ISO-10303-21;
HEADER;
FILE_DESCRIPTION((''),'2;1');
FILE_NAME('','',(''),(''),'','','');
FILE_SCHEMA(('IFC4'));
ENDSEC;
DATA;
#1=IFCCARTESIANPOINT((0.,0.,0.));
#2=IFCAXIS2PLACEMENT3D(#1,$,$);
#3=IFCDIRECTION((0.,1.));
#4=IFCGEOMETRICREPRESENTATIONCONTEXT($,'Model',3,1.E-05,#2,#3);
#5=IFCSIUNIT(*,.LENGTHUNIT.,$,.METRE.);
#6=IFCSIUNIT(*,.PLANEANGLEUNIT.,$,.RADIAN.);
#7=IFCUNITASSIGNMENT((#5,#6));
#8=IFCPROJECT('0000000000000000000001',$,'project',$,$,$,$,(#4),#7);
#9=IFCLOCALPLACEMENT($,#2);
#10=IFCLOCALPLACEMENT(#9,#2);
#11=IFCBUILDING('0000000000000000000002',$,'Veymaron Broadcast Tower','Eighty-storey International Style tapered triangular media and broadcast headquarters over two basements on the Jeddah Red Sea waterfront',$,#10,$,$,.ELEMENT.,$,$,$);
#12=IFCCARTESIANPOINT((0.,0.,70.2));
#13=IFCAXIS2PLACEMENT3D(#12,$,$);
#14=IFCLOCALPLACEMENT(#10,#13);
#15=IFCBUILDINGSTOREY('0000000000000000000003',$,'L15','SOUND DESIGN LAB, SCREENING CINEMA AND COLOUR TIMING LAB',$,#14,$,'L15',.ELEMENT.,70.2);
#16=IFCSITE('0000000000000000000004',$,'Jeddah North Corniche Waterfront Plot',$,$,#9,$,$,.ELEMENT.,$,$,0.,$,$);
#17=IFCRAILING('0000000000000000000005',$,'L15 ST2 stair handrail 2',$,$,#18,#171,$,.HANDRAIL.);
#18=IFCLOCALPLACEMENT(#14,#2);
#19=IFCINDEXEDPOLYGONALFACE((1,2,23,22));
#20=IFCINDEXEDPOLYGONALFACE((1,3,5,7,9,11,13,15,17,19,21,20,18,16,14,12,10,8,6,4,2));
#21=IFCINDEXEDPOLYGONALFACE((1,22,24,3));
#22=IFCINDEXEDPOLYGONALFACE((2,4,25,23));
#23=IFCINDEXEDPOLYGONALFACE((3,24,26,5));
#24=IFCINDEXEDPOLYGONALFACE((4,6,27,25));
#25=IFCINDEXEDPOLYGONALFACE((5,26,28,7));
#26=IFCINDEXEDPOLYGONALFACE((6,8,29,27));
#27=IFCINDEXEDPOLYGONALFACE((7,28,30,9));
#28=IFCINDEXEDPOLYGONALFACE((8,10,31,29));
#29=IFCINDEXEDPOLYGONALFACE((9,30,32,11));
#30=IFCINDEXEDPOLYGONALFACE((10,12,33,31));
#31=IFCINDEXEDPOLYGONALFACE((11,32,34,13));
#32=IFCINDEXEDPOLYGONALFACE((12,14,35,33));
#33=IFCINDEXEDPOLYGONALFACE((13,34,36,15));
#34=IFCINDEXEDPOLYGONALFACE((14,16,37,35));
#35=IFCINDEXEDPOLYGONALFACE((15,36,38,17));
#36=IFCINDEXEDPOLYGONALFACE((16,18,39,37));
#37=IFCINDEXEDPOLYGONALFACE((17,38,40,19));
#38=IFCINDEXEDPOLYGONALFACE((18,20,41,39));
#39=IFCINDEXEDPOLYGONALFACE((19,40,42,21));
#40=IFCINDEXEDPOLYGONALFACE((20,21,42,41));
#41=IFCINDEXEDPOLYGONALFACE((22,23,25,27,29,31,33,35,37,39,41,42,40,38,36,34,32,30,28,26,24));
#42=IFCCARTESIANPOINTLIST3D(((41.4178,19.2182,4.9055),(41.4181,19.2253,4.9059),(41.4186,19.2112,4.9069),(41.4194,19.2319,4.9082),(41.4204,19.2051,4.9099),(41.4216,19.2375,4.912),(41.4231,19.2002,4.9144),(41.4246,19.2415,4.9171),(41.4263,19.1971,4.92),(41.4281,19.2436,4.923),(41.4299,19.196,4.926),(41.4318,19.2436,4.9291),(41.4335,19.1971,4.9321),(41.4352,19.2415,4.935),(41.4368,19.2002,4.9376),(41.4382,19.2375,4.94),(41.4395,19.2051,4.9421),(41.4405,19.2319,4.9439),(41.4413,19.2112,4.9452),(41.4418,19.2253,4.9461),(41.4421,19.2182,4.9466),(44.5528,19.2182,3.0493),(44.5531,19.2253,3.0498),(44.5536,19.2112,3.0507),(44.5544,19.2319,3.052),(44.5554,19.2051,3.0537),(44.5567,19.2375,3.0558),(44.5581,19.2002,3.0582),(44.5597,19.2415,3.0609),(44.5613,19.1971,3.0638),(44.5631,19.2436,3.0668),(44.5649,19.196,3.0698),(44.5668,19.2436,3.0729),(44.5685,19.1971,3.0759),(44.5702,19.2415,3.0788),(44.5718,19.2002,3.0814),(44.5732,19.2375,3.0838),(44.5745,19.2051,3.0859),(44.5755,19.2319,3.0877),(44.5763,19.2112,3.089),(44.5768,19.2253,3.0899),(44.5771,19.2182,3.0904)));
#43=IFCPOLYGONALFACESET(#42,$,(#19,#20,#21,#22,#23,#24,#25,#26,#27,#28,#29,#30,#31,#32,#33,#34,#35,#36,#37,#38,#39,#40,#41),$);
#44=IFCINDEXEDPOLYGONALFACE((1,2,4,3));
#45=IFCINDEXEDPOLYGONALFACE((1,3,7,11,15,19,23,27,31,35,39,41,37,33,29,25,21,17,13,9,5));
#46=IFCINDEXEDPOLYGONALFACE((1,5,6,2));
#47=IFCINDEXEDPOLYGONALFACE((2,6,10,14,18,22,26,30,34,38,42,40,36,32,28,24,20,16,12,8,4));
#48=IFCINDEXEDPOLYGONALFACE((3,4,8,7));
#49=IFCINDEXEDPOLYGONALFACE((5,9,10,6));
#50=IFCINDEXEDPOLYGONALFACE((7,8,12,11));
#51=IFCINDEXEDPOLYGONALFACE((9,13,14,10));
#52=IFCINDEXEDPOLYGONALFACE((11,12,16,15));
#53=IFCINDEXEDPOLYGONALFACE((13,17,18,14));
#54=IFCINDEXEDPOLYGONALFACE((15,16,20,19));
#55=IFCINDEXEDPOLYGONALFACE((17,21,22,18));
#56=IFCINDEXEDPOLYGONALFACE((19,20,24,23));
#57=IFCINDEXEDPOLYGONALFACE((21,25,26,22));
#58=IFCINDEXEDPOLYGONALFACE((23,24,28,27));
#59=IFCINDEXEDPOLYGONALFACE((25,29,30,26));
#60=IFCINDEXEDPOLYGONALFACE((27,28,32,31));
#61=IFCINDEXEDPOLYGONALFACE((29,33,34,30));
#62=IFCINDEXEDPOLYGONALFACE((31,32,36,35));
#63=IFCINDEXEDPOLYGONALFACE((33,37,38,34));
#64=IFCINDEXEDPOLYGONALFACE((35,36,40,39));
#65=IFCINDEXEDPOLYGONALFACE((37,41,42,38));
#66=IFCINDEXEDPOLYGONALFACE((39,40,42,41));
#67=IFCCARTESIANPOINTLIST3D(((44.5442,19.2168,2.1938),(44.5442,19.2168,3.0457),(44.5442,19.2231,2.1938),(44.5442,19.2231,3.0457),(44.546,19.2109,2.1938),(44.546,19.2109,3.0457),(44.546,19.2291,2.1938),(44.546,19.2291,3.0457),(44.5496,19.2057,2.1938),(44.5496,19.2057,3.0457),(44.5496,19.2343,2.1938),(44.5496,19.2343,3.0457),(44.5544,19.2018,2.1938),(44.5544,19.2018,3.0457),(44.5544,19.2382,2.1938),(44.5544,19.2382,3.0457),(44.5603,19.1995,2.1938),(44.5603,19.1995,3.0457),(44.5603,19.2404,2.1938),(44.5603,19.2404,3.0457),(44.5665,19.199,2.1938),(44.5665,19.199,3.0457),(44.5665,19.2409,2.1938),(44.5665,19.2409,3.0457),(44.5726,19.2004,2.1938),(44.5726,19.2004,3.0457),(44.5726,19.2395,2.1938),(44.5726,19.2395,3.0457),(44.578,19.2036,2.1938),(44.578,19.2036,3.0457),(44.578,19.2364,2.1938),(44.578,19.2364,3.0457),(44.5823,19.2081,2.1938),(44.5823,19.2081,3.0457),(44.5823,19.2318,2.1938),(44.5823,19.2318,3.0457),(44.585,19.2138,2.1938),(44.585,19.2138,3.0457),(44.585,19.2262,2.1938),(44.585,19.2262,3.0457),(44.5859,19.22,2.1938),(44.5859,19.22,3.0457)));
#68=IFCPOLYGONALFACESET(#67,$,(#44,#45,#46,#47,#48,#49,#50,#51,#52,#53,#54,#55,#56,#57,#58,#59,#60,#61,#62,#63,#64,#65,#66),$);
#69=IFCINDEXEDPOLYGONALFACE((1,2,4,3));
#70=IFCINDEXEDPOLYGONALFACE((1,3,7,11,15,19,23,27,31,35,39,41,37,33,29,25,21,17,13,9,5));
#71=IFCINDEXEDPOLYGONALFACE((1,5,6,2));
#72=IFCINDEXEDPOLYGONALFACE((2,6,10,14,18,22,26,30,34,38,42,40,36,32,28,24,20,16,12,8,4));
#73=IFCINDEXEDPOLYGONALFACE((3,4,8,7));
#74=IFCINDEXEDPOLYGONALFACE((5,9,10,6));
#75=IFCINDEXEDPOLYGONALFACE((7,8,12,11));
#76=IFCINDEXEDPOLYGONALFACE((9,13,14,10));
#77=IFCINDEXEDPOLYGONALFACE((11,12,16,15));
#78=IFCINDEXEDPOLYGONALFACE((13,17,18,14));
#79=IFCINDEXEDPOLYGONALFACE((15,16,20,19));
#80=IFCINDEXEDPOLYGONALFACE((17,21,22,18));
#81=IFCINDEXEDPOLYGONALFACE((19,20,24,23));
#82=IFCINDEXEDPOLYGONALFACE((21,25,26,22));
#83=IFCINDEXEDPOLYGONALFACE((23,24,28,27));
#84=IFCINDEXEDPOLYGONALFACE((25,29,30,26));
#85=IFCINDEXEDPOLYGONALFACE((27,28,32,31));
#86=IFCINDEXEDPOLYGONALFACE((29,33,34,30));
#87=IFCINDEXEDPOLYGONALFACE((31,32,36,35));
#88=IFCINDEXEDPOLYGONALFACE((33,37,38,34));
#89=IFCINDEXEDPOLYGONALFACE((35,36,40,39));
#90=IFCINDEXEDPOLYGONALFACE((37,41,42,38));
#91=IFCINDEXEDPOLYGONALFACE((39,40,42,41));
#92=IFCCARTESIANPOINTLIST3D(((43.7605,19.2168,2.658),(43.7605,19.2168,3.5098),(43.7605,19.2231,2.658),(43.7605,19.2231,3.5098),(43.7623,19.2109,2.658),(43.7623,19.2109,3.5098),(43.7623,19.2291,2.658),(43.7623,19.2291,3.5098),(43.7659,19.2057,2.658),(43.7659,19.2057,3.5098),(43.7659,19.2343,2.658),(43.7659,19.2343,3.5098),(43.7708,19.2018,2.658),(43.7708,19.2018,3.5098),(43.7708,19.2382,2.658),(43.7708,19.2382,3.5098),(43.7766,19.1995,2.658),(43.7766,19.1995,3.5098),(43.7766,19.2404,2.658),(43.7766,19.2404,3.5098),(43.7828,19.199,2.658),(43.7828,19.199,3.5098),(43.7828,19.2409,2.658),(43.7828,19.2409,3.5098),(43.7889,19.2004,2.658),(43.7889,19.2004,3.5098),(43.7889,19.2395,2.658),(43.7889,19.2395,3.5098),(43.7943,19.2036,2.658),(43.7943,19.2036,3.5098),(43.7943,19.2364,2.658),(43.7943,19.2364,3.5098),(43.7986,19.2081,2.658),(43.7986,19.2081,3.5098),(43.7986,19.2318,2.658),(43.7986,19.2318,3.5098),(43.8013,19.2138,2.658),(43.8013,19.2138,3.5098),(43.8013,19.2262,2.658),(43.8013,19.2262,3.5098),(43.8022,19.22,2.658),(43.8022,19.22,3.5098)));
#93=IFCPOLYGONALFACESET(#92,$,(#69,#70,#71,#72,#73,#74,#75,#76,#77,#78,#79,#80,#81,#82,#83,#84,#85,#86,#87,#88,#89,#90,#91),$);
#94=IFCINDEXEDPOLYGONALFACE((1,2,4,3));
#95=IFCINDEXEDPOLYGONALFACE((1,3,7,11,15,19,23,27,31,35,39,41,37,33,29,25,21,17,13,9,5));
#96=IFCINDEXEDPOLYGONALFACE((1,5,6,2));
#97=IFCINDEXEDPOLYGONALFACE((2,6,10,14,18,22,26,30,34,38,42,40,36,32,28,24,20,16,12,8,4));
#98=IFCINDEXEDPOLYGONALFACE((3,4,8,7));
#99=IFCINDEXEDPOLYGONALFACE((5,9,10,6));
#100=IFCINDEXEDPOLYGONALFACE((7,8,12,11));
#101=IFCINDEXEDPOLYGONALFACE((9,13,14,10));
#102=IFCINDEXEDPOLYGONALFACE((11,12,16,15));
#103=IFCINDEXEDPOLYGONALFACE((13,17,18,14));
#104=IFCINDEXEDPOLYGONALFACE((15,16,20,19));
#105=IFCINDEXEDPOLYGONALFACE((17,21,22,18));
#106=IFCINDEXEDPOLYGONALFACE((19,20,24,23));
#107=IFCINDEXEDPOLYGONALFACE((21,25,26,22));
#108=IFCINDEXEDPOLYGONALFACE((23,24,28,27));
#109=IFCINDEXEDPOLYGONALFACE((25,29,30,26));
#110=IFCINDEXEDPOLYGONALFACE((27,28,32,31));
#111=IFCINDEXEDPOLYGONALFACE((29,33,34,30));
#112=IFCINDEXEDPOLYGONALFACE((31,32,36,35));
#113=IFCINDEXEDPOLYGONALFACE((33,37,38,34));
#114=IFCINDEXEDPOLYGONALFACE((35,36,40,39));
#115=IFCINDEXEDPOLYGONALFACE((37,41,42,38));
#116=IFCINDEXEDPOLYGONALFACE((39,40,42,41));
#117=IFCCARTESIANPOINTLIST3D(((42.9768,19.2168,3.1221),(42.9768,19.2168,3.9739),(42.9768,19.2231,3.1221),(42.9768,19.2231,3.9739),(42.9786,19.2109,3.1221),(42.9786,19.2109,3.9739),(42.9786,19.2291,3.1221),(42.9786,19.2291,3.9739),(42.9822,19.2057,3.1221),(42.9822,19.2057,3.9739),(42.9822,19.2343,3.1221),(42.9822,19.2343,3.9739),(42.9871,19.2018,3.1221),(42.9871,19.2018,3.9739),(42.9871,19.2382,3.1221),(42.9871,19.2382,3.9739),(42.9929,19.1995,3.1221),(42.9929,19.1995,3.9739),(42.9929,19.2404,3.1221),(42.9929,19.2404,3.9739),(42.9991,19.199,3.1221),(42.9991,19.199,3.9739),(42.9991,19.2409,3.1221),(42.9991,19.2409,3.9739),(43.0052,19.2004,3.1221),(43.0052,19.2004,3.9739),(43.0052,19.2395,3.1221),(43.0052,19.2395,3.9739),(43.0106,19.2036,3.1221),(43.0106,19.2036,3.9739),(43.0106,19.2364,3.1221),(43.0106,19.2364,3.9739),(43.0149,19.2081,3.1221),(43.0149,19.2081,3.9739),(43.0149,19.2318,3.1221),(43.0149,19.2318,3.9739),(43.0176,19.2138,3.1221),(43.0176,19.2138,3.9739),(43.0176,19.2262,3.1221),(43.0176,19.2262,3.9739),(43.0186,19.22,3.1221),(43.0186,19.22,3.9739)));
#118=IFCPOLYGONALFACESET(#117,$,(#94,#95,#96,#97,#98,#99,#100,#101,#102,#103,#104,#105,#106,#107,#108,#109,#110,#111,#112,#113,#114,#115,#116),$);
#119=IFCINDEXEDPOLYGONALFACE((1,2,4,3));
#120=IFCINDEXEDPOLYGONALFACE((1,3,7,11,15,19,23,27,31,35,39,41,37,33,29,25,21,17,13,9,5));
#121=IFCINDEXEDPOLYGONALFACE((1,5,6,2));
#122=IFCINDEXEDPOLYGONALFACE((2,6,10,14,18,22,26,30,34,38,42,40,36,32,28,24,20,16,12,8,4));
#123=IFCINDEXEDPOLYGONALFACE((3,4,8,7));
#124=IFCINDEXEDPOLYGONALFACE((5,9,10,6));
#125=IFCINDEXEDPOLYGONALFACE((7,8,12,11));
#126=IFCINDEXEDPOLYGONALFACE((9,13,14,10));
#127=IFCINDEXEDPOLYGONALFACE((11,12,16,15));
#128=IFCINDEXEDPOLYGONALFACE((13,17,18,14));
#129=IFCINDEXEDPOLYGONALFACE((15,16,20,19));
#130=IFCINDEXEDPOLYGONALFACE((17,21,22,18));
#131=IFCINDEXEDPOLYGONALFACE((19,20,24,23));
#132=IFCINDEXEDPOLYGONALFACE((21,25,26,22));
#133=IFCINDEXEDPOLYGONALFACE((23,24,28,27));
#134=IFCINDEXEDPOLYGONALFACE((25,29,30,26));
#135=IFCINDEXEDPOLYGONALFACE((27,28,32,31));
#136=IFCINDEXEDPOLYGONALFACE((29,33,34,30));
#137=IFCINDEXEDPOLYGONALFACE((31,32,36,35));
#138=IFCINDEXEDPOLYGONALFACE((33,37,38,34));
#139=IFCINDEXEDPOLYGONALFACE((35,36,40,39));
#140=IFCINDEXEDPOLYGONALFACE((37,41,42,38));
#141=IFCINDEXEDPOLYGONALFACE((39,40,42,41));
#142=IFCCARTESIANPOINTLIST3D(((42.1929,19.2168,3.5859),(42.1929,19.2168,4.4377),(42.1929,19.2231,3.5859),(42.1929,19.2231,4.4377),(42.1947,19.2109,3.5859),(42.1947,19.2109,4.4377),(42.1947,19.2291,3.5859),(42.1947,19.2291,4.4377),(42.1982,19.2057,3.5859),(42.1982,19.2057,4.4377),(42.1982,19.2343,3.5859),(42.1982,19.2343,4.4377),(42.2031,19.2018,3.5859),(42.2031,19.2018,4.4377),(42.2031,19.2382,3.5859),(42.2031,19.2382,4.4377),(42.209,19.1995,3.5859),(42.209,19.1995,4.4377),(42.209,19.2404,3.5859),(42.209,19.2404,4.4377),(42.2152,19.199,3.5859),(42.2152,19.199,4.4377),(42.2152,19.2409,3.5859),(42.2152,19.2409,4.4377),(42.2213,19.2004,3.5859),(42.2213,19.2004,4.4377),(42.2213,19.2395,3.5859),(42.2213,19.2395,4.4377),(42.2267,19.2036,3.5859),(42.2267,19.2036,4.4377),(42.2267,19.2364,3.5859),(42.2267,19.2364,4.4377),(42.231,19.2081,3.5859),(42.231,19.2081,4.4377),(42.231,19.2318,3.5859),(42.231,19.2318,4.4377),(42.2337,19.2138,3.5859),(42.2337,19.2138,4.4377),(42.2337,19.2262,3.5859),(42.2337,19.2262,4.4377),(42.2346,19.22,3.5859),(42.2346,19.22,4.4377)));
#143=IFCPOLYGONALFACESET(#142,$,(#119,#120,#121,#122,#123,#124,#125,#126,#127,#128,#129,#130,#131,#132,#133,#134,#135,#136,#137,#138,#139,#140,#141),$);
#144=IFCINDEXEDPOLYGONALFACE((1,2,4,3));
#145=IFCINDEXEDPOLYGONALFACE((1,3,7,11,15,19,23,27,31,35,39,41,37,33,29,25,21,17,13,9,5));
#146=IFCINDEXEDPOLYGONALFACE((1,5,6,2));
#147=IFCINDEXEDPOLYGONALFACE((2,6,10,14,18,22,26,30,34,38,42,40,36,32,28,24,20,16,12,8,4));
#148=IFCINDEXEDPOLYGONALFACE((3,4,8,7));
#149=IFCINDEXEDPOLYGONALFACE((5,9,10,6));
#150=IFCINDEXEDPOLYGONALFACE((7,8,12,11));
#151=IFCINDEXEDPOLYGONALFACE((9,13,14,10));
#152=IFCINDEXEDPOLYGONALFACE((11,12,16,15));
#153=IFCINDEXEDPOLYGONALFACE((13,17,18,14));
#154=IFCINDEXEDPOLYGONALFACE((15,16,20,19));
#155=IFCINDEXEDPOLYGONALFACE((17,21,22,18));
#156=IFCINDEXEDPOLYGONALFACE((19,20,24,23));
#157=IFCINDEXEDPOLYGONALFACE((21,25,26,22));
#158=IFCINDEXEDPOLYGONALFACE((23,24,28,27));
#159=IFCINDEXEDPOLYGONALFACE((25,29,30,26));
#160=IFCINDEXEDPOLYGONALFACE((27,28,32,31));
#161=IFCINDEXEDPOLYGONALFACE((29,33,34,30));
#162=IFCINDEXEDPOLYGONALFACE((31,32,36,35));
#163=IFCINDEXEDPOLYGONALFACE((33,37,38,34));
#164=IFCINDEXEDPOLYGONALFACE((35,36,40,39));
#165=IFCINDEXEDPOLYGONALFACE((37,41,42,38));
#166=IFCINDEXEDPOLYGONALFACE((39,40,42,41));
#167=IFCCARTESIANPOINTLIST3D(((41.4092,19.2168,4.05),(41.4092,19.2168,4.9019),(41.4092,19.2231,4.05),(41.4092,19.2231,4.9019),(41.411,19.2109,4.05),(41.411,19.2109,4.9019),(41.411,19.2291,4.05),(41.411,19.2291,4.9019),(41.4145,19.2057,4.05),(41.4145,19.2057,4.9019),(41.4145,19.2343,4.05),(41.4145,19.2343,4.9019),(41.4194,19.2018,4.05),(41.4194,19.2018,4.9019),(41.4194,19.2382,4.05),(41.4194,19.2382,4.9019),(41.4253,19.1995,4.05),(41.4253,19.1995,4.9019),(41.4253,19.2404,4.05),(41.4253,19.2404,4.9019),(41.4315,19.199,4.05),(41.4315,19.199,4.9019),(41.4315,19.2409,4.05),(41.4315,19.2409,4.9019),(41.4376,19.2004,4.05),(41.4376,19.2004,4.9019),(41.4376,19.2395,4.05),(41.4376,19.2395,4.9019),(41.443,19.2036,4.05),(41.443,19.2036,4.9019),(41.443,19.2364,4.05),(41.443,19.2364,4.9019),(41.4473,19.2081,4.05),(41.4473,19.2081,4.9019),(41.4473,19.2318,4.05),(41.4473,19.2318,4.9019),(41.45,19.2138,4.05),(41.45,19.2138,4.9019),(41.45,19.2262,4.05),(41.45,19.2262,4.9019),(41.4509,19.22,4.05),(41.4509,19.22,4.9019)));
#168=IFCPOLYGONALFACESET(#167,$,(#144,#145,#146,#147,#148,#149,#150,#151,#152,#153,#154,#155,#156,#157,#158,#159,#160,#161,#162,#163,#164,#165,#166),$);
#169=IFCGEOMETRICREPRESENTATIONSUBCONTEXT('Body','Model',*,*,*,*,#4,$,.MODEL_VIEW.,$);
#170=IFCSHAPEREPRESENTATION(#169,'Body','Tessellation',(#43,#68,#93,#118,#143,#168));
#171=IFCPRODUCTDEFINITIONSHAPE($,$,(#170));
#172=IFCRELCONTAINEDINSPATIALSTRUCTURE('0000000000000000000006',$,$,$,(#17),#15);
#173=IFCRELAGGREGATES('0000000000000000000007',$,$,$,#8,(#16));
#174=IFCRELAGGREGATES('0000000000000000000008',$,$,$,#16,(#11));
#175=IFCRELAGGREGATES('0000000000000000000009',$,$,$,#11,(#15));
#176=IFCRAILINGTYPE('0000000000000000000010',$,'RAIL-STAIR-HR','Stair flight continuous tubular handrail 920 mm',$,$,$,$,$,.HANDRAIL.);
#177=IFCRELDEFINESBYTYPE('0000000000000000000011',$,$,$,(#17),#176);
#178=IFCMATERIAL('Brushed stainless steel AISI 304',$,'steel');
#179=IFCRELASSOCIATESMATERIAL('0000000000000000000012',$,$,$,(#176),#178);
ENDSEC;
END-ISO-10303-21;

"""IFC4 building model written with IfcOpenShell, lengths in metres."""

from ifc_helpers import new_model, si_unit, direction, frame, origin, origin_2d, place, context, subcontext, project, spatial, circle, extrude, material, type_object, element, save


model = new_model("IFC4")

# Units and contexts
model_context = context("Model", 3, precision=1e-05, world=origin(), true_north=direction((0.0, 1.0)))
body_context = subcontext(model_context, "Body", "Model", "MODEL_VIEW")
ifc_project = project(units=[si_unit("LENGTHUNIT", "METRE"), si_unit("PLANEANGLEUNIT", "RADIAN")], contexts=[model_context])

# Site, building, storey
site_placement = place(None, origin())
site = spatial("IfcSite", under=ifc_project, at=site_placement, Name="Jeddah North Corniche Waterfront Plot", CompositionType="ELEMENT", RefElevation=0.0)
building_placement = place(site_placement, origin())
building = spatial("IfcBuilding", under=site, at=building_placement, Name="Veymaron Broadcast Tower", Description="Eighty-storey International Style tapered triangular media and broadcast headquarters over two basements on the Jeddah Red Sea waterfront", CompositionType="ELEMENT")
storey_placement = place(building_placement, frame((0.0, 0.0, 70.2)))
storey = spatial("IfcBuildingStorey", under=building, at=storey_placement, Name="L15", Description="SOUND DESIGN LAB, SCREENING CINEMA AND COLOUR TIMING LAB", LongName="L15", CompositionType="ELEMENT", Elevation=70.2)

# Shared definitions
ifc_material_1 = material(Name="Brushed stainless steel AISI 304", Category="steel")

# Railing
railing_type_1 = type_object("IfcRailingType", Name="RAIL-STAIR-HR", Description="Stair flight continuous tubular handrail 920 mm", PredefinedType="HANDRAIL", material=ifc_material_1)
railing_1_placement = place(storey_placement, frame((44.5649, 19.22, 2.1938)))
element("IfcRailing", 1, at=railing_1_placement, inside=storey, type_object=railing_type_1, Name="L15 ST2 stair handrail 2", PredefinedType="HANDRAIL", context=body_context, shape_type="SweptSolid", body=[
    extrude(circle(Radius=0.0239, at=origin_2d()), frame((0.0, 0.0, 0.876), z_axis=(-0.860482, 0.0, 0.509481), x_axis=(0.0, -1.0, 0.0)), (0.0, 0.0, 1.0), 3.6433),
    extrude(circle(Radius=0.021, at=origin_2d()), origin(), (0.0, 0.0, 1.0), 0.8518),
    extrude(circle(Radius=0.021, at=origin_2d()), frame((-0.7837, 0.0, 0.4641)), (0.0, 0.0, 1.0), 0.8518),
    extrude(circle(Radius=0.021, at=origin_2d()), frame((-1.5674, 0.0, 0.9282)), (0.0, 0.0, 1.0), 0.8518),
    extrude(circle(Radius=0.021, at=origin_2d()), frame((-2.3513, 0.0, 1.3921)), (0.0, 0.0, 1.0), 0.8518),
    extrude(circle(Radius=0.021, at=origin_2d()), frame((-3.135, 0.0, 1.8562)), (0.0, 0.0, 1.0), 0.8518),
])

save(model, "model.ifc")
